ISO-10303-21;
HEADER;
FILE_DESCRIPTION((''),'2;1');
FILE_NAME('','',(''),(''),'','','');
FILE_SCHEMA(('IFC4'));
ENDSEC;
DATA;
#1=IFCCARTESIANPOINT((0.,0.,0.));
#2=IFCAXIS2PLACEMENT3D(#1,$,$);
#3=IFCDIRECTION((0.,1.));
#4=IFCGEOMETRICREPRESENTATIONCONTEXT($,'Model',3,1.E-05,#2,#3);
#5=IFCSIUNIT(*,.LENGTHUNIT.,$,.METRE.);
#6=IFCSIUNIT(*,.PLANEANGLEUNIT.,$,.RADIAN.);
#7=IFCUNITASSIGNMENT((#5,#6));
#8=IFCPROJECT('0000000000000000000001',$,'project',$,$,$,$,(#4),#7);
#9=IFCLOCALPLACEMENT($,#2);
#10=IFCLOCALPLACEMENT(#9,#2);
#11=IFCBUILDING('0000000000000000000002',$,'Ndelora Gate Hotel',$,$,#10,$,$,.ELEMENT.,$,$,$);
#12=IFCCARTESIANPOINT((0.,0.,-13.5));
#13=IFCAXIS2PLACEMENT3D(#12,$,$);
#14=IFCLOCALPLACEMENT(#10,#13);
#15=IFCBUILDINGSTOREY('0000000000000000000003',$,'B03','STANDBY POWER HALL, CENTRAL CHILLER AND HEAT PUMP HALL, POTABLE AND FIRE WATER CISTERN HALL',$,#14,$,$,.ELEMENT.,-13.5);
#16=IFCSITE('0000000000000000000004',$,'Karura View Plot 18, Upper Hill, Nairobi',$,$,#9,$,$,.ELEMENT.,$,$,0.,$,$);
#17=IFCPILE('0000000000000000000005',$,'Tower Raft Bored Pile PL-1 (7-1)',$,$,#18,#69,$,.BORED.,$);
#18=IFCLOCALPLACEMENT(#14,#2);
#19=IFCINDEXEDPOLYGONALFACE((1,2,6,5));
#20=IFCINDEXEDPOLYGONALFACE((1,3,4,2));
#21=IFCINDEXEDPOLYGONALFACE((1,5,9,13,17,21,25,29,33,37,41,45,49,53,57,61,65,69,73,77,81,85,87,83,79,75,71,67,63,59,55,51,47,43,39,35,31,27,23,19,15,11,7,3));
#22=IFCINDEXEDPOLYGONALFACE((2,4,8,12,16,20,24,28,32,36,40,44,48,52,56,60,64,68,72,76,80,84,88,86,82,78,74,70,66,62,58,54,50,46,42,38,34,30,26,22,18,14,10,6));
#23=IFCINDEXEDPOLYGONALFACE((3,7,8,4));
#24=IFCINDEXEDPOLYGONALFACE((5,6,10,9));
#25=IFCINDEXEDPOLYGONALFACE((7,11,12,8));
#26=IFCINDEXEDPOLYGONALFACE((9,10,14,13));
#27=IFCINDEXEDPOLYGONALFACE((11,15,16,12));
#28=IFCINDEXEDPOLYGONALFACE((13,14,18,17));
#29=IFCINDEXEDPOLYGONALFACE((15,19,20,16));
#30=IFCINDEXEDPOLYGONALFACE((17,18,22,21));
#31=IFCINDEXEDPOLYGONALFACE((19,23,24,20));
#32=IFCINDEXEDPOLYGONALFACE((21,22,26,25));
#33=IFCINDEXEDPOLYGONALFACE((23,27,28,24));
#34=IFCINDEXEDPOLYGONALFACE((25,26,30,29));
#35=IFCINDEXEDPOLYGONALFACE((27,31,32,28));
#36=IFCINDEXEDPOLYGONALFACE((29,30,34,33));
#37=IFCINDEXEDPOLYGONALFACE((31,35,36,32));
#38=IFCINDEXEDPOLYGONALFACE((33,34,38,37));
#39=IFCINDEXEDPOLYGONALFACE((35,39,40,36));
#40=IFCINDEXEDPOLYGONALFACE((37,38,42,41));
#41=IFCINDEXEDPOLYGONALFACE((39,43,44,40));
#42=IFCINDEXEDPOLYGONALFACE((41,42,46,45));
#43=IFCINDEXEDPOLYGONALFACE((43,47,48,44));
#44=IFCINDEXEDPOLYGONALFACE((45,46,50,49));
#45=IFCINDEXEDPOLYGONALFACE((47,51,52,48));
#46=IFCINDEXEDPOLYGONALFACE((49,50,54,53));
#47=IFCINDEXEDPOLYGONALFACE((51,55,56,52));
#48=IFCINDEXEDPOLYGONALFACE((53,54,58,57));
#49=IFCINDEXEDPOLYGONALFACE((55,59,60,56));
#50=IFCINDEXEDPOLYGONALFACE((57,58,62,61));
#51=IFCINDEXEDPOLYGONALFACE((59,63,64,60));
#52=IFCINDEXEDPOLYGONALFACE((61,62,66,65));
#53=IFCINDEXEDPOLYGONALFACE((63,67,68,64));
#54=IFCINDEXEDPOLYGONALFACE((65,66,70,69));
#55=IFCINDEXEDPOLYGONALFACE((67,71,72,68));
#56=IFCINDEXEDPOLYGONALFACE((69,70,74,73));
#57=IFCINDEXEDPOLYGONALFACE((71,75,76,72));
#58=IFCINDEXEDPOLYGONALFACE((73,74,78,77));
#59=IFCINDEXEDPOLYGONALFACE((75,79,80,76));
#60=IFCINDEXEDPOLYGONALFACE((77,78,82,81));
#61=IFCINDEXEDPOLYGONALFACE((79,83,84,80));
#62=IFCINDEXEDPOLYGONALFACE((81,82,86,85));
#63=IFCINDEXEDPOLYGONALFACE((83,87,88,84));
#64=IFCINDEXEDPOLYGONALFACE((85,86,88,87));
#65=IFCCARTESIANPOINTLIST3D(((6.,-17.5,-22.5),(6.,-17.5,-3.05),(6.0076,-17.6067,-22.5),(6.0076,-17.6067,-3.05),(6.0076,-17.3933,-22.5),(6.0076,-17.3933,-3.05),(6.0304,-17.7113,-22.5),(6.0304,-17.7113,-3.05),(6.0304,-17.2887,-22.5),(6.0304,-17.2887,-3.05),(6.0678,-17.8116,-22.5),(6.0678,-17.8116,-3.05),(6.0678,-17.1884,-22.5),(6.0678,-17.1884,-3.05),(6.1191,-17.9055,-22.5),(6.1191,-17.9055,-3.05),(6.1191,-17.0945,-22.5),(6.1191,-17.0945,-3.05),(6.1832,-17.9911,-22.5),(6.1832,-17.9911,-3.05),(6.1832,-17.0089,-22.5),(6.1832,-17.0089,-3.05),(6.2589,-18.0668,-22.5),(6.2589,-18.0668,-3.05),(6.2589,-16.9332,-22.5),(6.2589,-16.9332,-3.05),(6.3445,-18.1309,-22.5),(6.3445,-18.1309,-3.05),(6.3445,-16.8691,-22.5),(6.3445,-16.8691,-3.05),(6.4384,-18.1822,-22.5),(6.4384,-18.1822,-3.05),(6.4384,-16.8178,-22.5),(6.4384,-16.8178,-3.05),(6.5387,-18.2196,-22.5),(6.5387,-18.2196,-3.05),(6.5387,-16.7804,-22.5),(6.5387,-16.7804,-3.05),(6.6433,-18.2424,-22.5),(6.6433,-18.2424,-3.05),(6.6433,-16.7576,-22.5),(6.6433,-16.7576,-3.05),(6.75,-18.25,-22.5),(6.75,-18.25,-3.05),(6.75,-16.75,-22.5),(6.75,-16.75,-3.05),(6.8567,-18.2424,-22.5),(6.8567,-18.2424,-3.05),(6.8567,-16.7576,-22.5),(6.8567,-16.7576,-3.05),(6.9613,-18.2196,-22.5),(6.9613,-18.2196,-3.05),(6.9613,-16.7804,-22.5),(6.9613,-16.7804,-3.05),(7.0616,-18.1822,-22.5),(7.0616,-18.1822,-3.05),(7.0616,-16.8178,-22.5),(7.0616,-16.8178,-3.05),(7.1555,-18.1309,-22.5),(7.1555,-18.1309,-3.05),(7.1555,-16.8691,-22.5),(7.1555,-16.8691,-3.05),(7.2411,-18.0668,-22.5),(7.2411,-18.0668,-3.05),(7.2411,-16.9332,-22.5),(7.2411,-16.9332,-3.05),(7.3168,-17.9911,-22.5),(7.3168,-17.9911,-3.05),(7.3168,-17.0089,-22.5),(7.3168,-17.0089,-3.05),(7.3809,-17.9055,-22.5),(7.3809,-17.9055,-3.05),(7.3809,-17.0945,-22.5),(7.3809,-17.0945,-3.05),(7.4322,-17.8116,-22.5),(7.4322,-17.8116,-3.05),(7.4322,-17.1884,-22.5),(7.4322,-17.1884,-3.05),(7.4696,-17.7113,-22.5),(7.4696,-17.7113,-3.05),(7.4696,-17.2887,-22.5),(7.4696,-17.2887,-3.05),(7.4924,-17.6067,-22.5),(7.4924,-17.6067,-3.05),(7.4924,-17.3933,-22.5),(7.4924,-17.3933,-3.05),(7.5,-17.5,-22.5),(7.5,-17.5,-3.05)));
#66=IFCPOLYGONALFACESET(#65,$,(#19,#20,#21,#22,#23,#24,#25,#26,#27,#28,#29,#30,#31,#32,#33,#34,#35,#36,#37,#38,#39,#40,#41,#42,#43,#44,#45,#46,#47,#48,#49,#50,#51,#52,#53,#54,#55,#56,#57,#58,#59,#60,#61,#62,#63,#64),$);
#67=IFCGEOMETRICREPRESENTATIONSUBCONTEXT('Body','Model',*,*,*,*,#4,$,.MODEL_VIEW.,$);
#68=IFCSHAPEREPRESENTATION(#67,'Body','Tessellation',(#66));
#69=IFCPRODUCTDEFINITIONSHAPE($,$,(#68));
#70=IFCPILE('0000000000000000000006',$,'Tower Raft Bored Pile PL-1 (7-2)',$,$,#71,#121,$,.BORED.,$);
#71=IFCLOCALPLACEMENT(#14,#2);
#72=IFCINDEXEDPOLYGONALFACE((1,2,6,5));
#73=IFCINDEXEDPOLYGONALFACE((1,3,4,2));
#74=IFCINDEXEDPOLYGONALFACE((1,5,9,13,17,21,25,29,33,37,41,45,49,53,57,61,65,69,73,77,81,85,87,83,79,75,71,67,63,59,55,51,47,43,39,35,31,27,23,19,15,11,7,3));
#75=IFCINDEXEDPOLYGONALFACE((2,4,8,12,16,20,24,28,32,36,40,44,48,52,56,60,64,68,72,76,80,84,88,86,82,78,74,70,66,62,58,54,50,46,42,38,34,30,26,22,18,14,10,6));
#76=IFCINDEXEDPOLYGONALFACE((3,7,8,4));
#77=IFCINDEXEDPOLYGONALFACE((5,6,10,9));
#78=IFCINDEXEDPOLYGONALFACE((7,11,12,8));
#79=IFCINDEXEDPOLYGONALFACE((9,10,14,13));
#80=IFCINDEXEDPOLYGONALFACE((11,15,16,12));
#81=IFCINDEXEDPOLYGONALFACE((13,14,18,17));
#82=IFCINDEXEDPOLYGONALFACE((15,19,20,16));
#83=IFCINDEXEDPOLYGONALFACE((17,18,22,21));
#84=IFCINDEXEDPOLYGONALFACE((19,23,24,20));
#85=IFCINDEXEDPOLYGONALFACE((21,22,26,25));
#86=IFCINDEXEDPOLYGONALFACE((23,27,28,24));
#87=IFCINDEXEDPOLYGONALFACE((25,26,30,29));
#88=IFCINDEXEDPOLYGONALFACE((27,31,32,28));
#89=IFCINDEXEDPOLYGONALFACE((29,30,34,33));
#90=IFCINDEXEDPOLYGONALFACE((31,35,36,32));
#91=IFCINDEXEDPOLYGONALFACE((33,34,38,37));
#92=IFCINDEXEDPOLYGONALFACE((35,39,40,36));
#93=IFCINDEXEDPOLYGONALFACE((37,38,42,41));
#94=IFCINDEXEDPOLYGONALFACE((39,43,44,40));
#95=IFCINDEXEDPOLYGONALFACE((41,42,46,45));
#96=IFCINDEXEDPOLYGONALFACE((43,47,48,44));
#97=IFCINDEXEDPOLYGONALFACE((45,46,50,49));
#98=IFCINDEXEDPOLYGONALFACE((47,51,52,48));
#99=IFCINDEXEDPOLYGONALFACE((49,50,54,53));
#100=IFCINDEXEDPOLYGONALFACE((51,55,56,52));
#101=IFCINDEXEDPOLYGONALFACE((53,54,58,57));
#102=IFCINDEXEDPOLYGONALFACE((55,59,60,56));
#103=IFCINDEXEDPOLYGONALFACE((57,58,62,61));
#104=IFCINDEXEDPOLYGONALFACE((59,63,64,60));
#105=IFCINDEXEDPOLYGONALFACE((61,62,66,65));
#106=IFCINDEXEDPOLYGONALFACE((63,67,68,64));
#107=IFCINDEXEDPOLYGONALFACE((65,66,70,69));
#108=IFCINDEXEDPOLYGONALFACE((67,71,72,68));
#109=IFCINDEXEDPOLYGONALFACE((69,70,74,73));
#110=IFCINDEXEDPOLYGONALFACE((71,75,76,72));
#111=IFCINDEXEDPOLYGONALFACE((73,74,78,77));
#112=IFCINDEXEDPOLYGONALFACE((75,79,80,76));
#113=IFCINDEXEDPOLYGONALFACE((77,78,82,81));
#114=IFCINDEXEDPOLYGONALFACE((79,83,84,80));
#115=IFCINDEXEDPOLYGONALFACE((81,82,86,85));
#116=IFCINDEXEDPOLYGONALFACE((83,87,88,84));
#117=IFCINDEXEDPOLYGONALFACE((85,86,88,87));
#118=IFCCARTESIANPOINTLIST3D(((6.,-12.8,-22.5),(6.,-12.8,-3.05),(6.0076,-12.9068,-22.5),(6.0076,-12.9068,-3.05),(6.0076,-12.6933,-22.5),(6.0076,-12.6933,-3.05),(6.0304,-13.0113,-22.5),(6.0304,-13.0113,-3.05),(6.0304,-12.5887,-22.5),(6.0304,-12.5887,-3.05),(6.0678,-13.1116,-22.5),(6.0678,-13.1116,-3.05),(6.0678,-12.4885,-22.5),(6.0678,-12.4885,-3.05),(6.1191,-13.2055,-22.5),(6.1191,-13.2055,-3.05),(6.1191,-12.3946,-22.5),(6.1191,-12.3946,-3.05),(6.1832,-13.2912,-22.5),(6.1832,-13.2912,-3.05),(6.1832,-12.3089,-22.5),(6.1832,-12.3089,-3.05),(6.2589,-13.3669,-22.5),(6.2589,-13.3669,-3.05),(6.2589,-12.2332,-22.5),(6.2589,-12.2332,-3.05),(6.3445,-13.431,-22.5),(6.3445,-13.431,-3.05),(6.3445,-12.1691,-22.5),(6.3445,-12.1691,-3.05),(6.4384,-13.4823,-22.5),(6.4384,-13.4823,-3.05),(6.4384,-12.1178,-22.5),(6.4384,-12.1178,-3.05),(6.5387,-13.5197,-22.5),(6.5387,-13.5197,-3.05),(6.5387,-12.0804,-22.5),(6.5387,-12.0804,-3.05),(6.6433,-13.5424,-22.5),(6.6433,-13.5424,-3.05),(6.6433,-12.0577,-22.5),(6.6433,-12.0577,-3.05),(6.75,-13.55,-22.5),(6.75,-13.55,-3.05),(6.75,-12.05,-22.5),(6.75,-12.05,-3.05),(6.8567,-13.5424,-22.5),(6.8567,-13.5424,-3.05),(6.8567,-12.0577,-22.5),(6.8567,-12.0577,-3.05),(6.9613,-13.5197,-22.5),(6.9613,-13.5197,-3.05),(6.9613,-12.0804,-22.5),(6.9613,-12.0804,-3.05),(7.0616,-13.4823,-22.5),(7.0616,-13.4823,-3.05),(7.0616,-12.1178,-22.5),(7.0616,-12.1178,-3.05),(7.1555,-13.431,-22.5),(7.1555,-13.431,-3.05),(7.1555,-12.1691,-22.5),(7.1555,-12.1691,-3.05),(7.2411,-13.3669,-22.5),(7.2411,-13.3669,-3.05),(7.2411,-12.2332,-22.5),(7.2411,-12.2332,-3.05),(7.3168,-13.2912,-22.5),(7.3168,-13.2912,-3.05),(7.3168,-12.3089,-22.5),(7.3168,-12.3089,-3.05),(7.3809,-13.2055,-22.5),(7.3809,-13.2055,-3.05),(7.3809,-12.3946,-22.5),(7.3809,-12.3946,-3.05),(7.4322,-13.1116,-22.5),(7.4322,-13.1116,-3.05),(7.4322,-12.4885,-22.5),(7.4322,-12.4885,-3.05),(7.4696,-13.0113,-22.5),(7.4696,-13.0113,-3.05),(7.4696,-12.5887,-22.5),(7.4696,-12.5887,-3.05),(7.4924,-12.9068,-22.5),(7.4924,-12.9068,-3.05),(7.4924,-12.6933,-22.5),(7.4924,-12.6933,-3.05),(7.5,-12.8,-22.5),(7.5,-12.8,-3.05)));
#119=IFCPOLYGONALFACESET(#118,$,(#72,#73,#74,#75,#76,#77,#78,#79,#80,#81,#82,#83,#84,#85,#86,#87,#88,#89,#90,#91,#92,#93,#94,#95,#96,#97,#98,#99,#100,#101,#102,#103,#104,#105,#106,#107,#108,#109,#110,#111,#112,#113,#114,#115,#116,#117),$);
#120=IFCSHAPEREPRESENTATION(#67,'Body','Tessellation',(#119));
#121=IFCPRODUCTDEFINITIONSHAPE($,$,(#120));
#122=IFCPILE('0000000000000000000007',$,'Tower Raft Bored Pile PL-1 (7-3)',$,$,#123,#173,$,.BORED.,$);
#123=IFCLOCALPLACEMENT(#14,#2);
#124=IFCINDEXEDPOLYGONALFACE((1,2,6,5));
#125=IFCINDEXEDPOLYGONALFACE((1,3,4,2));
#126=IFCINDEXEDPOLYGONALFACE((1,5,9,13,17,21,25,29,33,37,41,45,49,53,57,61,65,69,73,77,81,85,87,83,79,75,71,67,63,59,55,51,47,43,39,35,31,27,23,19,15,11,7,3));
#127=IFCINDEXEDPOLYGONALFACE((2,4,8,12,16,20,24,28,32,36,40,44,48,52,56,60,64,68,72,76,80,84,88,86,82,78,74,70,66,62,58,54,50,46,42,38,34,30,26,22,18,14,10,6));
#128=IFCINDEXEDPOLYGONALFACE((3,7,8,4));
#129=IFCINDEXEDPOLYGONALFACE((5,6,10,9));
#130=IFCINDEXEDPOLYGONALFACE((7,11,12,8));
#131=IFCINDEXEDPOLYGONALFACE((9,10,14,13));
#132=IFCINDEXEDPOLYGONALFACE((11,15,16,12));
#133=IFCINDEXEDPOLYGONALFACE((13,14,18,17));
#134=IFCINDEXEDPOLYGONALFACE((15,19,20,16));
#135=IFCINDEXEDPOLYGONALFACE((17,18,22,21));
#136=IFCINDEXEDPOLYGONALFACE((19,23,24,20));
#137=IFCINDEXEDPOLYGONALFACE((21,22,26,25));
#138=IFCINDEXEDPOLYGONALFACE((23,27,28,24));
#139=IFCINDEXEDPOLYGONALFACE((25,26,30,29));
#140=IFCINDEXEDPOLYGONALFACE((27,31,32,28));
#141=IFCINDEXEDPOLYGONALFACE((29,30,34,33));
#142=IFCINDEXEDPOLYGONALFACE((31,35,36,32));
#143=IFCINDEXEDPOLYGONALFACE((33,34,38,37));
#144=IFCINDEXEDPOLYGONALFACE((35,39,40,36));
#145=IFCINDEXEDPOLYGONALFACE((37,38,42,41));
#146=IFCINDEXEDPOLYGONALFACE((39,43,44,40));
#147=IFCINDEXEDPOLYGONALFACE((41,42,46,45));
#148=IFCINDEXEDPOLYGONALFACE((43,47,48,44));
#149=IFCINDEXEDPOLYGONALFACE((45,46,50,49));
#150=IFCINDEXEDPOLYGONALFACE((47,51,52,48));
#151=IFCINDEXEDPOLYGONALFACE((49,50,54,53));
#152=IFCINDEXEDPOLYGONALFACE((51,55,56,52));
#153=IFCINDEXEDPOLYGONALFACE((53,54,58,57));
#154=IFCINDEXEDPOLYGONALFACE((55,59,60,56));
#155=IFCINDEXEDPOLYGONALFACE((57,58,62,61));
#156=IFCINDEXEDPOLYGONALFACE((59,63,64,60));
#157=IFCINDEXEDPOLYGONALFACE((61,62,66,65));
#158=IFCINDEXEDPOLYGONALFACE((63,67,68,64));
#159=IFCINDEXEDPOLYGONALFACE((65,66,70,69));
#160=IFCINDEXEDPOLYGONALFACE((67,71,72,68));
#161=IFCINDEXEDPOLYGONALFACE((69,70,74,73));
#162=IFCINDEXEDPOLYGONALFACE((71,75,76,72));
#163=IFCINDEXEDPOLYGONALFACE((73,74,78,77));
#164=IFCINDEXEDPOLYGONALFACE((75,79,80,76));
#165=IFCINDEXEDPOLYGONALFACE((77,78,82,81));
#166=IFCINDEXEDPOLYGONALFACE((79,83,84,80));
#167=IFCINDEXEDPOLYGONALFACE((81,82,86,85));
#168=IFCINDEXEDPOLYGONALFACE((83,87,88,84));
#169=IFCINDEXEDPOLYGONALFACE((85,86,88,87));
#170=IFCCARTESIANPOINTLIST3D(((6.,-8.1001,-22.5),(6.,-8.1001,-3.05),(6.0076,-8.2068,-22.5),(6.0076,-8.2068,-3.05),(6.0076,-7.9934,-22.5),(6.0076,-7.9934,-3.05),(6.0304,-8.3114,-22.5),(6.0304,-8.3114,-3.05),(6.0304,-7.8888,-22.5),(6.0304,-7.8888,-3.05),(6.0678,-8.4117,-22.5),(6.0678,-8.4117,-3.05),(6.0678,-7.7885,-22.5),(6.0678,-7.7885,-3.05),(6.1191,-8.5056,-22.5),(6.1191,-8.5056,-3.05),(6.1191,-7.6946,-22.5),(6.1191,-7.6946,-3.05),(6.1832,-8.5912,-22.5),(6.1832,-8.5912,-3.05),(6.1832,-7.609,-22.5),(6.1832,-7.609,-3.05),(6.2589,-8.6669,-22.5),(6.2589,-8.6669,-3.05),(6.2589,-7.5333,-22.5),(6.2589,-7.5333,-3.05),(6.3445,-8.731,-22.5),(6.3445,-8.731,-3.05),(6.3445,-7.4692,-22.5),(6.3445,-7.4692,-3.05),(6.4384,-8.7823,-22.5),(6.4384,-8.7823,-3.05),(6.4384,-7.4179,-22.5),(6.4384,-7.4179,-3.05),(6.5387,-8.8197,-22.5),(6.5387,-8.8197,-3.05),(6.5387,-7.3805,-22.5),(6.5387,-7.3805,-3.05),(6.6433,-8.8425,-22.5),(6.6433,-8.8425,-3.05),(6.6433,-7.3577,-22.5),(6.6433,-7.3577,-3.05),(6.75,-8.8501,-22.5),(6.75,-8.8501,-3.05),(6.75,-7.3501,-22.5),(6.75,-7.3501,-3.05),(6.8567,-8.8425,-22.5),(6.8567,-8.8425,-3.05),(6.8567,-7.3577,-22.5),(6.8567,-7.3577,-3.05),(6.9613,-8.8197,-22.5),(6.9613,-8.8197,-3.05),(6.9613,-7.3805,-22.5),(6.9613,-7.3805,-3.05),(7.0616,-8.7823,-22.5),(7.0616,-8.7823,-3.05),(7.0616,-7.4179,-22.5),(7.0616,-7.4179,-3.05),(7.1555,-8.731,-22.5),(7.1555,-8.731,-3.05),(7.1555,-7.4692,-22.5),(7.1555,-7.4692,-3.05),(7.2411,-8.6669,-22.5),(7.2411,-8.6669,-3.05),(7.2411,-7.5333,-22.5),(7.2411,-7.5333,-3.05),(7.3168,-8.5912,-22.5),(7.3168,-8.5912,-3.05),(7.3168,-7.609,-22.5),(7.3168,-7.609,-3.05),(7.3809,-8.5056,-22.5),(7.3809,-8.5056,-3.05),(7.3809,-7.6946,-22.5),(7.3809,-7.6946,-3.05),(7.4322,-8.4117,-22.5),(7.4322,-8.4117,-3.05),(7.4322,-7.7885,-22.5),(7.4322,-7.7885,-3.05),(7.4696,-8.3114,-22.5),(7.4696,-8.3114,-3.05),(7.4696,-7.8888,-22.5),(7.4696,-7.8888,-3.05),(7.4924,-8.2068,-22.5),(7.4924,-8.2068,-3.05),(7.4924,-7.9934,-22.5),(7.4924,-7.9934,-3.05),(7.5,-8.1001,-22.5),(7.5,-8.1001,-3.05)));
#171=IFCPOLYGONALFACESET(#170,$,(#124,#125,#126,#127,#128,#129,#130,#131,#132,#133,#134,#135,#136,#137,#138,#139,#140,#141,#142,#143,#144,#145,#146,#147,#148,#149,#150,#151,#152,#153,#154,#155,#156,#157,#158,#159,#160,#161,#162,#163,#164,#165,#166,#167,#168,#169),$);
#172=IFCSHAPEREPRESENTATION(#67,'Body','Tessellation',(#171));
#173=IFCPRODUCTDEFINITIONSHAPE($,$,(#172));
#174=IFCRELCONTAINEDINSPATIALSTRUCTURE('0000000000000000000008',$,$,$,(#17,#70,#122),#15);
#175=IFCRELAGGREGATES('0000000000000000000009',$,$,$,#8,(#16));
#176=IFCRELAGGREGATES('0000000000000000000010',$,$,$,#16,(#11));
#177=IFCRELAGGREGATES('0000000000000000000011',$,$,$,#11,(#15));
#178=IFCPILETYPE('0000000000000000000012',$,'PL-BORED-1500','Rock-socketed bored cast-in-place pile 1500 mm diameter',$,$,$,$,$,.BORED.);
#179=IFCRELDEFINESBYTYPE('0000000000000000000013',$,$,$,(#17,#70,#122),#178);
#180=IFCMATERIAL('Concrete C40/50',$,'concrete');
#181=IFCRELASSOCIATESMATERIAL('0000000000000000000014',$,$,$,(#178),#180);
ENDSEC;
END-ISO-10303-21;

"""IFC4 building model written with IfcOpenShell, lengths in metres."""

from ifc_helpers import new_model, si_unit, direction, frame, origin, origin_2d, place, context, subcontext, project, spatial, circle, extrude, material, material_profile, profile_set, type_object, element, save


model = new_model("IFC4")

# Units and contexts
model_context = context("Model", 3, precision=1e-05, world=origin(), true_north=direction((0.0, 1.0)))
body_context = subcontext(model_context, "Body", "Model", "MODEL_VIEW")
ifc_project = project(units=[si_unit("LENGTHUNIT", "METRE"), si_unit("PLANEANGLEUNIT", "RADIAN")], contexts=[model_context])

# Site, building, storey
site_placement = place(None, origin())
site = spatial("IfcSite", under=ifc_project, at=site_placement, Name="Karura View Plot 18, Upper Hill, Nairobi", CompositionType="ELEMENT", RefElevation=0.0)
building_placement = place(site_placement, origin())
building = spatial("IfcBuilding", under=site, at=building_placement, Name="Ndelora Gate Hotel", CompositionType="ELEMENT")
storey_placement = place(building_placement, frame((0.0, 0.0, -13.5)))
storey = spatial("IfcBuildingStorey", under=building, at=storey_placement, Name="B03", Description="STANDBY POWER HALL, CENTRAL CHILLER AND HEAT PUMP HALL, POTABLE AND FIRE WATER CISTERN HALL", CompositionType="ELEMENT", Elevation=-13.5)

# Piles
ifc_material_1 = material(Name="Concrete C40/50", Category="concrete")
ifc_material_profile_1 = material_profile(ifc_material_1, circle(Radius=0.75, at=origin_2d()), Name="PILE D1500")
ifc_profile_set_1 = profile_set([ifc_material_profile_1], Name="Concrete C40/50")
pile_type = type_object("IfcPileType", Name="PL-BORED-1500", Description="Rock-socketed bored cast-in-place pile 1500 mm diameter", PredefinedType="BORED", material=ifc_profile_set_1)
for number, where, z_axis, x_axis, name in (
    (1, (6.75, -17.5, -3.05), (0.0, 0.0, -1.0), (1.0, 0.0, 0.0), "Tower Raft Bored Pile PL-1 (7-1)"),
    (2, (6.75, -12.8, -3.05), (0.0, 0.0, -1.0), (1.0, 0.0, 0.0), "Tower Raft Bored Pile PL-1 (7-2)"),
    (3, (6.75, -8.1001, -3.05), (0.0, 0.0, -1.0), (1.0, 0.0, 0.0), "Tower Raft Bored Pile PL-1 (7-3)"),
):
    element("IfcPile", number, at=place(storey_placement, frame(where, z_axis=z_axis, x_axis=x_axis)), inside=storey, type_object=pile_type, Name=name, PredefinedType="BORED", context=body_context, shape_type="SweptSolid", body=[
        extrude(circle(Radius=0.75, at=origin_2d()), origin(), (0.0, 0.0, 1.0), 19.45),
    ])

save(model, "model.ifc")
